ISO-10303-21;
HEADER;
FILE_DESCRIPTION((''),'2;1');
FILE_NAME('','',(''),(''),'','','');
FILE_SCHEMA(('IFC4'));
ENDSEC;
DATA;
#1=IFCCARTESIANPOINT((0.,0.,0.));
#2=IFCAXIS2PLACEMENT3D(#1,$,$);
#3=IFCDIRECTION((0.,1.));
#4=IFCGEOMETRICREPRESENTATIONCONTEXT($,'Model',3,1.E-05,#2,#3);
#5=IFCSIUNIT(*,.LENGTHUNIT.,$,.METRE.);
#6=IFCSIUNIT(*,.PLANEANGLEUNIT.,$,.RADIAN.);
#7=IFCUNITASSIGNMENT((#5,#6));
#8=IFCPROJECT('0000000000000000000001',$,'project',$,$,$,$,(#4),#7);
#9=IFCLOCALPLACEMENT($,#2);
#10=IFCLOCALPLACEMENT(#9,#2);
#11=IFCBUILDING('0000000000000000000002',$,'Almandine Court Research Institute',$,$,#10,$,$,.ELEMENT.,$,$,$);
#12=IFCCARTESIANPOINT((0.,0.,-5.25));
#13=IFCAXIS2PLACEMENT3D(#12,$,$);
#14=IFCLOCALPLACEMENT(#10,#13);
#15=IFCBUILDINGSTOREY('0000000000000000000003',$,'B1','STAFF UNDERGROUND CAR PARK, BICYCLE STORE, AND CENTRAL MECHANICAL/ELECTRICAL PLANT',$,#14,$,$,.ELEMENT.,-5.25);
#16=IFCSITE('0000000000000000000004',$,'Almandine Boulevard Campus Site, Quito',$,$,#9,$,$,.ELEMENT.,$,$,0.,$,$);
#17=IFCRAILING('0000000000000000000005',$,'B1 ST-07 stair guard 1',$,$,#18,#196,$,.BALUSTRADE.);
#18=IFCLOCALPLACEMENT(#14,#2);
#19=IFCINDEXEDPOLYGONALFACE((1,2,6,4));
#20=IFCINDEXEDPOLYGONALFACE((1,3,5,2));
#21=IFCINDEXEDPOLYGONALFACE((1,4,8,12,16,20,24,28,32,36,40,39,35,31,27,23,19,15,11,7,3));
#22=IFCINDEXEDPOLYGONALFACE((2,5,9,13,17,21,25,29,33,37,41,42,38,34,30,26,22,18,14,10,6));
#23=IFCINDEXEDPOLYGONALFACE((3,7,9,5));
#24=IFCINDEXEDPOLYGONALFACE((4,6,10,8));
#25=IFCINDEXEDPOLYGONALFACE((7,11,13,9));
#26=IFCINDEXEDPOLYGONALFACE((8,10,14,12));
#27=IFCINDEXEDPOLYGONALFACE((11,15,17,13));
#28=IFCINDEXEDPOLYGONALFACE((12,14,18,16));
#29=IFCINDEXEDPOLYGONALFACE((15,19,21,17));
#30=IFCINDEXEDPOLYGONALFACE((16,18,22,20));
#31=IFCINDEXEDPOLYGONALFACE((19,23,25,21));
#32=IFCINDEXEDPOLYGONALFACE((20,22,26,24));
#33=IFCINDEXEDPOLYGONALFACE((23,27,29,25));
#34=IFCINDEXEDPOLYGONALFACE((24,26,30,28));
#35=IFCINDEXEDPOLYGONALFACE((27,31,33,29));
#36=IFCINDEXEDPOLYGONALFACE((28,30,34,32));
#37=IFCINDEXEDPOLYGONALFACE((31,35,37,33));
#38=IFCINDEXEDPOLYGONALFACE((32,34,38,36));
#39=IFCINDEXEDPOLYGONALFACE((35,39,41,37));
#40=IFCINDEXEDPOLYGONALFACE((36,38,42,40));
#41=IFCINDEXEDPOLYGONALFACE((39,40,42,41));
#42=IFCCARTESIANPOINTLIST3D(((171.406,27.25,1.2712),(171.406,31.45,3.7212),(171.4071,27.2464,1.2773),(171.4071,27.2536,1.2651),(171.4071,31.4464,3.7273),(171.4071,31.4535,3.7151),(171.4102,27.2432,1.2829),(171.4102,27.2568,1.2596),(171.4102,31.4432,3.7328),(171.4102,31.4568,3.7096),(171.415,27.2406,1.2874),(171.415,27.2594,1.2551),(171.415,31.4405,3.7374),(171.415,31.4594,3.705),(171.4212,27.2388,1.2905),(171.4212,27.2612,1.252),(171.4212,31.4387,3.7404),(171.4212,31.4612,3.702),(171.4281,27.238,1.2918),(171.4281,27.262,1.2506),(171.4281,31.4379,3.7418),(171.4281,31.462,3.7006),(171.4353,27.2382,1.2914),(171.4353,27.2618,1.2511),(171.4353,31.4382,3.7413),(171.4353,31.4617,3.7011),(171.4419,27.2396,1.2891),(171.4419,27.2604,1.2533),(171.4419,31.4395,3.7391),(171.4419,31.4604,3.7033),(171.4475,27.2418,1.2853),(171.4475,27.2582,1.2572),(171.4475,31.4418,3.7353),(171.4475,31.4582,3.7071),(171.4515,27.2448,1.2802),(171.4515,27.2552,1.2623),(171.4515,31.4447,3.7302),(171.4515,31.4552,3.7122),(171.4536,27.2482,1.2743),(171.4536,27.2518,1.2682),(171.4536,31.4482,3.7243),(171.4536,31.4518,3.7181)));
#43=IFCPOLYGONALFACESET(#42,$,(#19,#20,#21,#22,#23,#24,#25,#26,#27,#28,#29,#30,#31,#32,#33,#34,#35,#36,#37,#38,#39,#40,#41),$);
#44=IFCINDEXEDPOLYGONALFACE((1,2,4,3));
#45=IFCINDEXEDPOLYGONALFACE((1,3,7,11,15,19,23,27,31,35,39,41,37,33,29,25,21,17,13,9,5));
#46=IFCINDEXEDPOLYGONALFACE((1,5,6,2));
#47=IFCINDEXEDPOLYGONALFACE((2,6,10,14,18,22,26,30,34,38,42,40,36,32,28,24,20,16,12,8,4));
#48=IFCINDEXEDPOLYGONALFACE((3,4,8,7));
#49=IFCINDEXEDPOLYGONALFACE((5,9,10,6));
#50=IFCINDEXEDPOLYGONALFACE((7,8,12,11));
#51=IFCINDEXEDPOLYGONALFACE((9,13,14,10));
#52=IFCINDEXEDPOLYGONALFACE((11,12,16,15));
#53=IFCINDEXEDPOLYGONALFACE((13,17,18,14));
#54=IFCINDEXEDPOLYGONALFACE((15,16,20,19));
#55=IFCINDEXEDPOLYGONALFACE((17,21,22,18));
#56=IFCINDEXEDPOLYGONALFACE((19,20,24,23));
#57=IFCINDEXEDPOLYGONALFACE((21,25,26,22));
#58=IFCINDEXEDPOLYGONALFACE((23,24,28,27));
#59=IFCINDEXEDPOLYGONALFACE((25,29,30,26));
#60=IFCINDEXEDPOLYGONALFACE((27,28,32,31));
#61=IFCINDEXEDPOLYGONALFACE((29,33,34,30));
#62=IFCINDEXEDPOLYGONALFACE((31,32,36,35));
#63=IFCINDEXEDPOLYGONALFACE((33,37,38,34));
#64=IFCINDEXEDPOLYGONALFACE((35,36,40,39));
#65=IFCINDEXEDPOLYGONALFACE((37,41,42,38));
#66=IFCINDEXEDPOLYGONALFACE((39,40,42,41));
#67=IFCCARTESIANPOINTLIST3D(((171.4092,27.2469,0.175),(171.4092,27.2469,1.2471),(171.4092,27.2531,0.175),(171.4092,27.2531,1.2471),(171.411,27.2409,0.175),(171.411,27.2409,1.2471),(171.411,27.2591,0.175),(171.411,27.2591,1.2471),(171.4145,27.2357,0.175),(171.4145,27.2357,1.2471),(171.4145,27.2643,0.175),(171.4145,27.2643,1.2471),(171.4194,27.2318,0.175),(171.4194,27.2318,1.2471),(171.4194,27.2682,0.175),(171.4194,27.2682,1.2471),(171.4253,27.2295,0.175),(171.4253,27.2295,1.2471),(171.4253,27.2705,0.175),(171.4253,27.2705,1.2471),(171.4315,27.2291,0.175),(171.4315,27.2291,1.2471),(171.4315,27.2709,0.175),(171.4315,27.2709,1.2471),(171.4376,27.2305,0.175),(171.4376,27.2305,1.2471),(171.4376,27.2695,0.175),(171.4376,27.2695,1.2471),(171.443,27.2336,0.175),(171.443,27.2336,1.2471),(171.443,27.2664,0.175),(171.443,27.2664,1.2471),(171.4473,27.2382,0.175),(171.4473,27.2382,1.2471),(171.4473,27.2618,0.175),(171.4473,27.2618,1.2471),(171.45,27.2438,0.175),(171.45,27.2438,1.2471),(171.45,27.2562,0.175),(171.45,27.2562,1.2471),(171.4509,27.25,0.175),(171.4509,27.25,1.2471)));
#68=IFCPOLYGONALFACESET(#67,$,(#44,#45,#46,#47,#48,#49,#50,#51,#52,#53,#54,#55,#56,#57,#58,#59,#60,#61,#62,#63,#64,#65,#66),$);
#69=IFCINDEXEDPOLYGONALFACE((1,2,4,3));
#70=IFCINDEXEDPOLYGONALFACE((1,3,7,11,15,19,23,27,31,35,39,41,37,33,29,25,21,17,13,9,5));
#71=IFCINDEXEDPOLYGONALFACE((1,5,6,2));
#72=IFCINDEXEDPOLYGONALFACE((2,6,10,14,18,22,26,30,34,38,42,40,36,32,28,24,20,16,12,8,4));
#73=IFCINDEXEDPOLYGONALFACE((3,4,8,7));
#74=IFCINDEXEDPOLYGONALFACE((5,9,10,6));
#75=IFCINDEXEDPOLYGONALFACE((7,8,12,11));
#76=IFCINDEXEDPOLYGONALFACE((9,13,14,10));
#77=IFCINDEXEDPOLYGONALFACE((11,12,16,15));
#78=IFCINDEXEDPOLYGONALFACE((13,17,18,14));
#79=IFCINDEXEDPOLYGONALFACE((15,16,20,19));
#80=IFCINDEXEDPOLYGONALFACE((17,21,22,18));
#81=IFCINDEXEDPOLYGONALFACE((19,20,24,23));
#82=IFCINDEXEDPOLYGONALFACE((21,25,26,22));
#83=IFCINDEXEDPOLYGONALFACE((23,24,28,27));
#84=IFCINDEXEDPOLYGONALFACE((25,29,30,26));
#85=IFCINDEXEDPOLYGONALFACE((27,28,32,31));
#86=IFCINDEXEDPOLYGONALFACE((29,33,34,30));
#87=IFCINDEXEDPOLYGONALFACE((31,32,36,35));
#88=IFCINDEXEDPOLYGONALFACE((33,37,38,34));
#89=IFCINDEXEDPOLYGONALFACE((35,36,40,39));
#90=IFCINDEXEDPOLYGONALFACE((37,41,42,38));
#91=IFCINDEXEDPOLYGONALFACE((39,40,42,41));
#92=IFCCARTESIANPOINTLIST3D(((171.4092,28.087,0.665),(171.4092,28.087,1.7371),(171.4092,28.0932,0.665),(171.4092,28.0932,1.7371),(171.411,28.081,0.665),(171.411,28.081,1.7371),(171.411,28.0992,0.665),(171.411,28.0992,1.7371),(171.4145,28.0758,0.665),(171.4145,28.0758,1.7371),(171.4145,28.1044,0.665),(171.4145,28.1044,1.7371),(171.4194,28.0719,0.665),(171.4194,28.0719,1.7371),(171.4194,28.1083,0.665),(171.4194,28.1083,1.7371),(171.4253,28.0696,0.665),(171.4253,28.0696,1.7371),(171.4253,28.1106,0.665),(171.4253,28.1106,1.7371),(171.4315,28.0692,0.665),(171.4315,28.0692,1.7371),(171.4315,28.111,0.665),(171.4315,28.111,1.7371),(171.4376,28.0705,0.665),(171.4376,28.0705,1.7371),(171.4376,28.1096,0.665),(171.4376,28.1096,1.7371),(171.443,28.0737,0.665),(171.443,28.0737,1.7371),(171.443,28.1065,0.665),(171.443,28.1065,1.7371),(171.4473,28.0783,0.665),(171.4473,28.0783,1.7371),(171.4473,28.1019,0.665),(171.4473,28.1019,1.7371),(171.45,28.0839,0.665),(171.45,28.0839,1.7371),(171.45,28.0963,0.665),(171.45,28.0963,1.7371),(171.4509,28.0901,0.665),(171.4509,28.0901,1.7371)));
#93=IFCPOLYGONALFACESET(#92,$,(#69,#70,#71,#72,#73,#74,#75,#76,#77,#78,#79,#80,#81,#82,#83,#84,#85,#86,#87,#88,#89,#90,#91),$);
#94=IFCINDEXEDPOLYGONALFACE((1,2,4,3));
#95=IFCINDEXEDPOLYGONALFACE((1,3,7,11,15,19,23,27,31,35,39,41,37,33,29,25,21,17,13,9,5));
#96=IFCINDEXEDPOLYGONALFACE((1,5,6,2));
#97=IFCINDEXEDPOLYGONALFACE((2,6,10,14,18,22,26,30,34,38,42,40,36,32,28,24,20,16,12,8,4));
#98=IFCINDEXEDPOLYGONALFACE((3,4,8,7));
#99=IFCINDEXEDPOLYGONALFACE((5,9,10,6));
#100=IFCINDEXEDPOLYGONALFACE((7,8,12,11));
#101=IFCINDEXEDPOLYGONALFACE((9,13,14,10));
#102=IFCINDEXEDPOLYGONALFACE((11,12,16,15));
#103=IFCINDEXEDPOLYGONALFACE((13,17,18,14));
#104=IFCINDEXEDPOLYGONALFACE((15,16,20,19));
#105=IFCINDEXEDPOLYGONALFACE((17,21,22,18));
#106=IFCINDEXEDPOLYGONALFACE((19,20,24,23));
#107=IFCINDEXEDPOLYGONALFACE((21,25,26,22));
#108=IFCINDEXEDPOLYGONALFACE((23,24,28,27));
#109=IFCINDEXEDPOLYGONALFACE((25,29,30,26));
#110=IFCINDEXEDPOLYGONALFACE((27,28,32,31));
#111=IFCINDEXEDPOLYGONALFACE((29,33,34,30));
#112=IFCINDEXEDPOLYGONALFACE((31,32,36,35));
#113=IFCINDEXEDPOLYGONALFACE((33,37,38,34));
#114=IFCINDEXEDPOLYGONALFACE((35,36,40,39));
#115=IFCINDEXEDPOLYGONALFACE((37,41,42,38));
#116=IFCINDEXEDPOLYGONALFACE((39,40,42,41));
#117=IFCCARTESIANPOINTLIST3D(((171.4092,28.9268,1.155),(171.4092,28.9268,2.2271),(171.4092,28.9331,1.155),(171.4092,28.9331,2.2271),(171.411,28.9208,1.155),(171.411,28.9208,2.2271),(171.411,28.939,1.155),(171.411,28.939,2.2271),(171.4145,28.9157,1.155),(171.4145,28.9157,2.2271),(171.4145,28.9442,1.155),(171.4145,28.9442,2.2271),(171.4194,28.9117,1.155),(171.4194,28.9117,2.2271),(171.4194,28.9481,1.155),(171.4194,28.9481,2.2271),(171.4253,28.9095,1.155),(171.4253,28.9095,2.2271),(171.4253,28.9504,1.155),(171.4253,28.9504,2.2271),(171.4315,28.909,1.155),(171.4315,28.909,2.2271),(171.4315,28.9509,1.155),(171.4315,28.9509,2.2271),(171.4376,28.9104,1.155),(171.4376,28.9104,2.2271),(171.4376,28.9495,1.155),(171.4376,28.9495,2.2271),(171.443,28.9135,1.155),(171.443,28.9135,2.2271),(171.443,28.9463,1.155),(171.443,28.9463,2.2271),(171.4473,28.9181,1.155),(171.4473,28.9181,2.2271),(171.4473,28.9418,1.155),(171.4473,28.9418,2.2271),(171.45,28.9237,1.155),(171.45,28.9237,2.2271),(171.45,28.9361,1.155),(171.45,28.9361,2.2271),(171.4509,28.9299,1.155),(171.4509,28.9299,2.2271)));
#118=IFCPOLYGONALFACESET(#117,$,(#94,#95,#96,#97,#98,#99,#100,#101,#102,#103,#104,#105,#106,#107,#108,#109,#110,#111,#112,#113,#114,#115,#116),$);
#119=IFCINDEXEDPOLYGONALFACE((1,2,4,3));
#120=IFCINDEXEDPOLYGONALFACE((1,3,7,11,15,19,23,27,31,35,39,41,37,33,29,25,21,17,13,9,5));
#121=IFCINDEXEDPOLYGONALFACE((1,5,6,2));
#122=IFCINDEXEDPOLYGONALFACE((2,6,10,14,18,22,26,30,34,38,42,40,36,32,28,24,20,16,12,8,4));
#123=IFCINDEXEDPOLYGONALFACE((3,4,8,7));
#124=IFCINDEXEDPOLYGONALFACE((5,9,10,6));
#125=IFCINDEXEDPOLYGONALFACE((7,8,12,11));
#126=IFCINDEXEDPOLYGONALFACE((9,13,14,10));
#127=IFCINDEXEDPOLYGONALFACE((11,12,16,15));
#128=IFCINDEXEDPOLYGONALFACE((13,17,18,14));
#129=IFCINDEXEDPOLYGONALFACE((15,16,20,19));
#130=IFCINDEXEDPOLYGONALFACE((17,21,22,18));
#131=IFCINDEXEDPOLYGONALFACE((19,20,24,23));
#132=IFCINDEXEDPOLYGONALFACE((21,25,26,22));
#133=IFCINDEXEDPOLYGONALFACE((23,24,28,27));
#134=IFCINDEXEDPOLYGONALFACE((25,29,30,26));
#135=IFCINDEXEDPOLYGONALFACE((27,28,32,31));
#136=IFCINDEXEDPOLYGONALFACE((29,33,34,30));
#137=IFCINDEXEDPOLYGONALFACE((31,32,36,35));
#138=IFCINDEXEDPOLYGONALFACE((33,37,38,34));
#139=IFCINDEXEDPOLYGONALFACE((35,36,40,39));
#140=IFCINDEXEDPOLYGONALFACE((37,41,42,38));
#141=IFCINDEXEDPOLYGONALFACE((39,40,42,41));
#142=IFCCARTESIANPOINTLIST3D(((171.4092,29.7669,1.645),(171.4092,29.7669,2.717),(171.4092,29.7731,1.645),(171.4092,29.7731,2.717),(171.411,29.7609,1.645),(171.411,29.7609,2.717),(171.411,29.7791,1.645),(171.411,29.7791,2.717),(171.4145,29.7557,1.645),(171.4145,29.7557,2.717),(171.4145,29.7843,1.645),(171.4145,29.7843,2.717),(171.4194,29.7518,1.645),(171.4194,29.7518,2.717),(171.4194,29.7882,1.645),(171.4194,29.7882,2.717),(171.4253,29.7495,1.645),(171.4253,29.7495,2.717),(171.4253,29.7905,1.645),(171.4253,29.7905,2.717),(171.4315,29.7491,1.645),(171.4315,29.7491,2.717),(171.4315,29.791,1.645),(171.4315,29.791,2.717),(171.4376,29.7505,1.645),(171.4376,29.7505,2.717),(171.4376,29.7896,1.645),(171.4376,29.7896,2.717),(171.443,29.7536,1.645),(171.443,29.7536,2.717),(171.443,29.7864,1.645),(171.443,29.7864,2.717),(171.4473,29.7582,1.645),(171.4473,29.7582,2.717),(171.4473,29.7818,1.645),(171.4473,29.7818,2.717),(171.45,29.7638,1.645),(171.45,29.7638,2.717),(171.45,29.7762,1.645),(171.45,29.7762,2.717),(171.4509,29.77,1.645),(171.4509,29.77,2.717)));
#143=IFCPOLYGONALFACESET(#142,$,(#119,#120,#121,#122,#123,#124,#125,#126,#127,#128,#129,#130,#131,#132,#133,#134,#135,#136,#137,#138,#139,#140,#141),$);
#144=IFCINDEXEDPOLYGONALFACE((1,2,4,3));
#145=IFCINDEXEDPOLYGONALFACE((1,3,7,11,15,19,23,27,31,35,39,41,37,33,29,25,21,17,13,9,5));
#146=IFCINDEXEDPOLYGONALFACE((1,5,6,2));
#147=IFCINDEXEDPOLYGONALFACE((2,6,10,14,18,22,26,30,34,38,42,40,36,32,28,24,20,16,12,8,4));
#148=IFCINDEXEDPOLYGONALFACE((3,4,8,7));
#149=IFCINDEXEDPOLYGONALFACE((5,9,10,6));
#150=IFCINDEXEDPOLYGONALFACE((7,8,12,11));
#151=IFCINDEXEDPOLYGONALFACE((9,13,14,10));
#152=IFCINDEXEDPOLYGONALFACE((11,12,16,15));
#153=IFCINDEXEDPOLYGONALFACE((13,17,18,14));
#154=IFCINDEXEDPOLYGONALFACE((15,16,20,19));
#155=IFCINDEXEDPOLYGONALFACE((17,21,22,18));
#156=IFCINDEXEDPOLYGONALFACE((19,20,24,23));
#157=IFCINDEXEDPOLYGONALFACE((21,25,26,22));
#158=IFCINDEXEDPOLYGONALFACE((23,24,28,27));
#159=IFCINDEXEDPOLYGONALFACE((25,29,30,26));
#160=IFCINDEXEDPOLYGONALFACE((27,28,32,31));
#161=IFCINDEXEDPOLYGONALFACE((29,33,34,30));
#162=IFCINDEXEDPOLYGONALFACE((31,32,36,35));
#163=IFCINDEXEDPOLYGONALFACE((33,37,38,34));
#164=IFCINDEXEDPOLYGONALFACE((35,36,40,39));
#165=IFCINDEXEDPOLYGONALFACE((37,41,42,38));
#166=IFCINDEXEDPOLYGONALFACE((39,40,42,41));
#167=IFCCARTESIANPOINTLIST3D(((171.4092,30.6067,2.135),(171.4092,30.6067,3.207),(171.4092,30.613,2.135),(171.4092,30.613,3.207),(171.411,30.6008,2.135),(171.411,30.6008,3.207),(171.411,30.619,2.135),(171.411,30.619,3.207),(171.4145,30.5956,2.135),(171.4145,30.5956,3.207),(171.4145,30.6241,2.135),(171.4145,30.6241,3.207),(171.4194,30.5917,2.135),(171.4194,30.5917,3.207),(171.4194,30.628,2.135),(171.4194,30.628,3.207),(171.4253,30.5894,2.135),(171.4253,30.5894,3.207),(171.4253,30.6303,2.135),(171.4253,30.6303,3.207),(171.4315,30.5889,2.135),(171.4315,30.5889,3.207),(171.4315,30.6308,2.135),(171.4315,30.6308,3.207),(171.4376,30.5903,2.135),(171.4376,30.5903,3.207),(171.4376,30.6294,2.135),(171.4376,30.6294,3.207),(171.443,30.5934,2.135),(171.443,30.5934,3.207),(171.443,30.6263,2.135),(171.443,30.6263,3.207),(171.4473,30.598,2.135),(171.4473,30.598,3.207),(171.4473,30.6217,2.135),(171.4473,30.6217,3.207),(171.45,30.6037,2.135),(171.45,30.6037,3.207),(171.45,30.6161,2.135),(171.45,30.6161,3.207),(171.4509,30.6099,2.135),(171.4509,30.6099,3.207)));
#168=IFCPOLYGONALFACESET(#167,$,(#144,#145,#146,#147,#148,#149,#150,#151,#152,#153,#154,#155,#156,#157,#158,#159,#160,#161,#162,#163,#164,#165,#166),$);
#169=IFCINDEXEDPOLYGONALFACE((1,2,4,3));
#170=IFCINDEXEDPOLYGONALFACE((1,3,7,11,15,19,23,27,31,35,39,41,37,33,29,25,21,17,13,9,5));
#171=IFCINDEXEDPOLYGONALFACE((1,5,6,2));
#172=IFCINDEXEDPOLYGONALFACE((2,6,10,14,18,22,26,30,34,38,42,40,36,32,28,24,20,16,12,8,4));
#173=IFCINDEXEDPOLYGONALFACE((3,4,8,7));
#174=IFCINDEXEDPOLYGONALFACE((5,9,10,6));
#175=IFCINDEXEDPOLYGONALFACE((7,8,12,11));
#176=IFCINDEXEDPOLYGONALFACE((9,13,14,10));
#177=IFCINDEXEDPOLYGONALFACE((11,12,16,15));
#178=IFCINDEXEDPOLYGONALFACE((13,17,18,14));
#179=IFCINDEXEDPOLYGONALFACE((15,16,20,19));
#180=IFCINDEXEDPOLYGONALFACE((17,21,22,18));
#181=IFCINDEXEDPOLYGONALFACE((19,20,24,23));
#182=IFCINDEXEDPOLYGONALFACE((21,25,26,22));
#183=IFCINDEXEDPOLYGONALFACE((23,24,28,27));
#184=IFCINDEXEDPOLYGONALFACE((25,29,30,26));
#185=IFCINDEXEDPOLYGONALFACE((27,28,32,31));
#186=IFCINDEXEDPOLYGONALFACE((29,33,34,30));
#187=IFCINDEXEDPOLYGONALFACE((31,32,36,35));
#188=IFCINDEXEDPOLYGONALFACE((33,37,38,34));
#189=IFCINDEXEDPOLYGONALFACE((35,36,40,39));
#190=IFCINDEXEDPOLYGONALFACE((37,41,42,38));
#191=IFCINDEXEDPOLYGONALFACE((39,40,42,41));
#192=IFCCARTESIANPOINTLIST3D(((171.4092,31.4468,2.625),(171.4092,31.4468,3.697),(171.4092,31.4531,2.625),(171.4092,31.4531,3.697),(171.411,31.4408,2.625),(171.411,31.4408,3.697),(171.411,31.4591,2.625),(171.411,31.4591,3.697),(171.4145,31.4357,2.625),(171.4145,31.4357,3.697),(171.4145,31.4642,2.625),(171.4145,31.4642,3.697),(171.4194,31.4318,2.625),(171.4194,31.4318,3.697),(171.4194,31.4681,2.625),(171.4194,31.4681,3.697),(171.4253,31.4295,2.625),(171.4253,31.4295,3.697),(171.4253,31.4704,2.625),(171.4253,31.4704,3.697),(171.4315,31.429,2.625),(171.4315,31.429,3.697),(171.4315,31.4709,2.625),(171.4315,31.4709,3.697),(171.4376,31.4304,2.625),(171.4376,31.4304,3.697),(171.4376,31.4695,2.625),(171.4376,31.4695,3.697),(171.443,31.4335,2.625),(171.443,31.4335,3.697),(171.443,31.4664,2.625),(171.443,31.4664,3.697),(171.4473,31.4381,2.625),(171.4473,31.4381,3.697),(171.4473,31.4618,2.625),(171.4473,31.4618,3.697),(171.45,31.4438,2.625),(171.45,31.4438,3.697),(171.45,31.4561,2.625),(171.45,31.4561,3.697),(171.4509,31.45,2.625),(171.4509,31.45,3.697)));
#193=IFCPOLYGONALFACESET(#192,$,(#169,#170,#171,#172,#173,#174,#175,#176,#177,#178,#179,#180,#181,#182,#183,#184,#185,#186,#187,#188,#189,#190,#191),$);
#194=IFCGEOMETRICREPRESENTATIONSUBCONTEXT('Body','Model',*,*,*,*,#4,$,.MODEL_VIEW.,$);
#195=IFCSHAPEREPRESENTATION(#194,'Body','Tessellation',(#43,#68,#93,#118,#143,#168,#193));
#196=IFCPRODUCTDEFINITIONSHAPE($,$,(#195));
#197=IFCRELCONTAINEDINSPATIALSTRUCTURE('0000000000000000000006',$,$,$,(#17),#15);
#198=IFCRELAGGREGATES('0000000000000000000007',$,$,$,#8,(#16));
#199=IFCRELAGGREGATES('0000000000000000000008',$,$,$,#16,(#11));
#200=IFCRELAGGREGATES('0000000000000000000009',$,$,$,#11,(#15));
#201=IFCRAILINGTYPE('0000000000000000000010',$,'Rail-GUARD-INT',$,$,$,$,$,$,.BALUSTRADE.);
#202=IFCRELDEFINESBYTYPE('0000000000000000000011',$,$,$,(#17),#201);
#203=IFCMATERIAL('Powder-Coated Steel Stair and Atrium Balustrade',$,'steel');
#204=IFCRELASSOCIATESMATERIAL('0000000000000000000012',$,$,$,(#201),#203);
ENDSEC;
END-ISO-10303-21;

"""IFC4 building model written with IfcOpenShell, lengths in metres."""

from ifc_helpers import new_model, si_unit, direction, frame, origin, origin_2d, place, context, subcontext, project, spatial, circle, extrude, material, type_object, element, save


model = new_model("IFC4")

# Units and contexts
model_context = context("Model", 3, precision=1e-05, world=origin(), true_north=direction((0.0, 1.0)))
body_context = subcontext(model_context, "Body", "Model", "MODEL_VIEW")
ifc_project = project(units=[si_unit("LENGTHUNIT", "METRE"), si_unit("PLANEANGLEUNIT", "RADIAN")], contexts=[model_context])

# Site, building, storey
site_placement = place(None, origin())
site = spatial("IfcSite", under=ifc_project, at=site_placement, Name="Almandine Boulevard Campus Site, Quito", CompositionType="ELEMENT", RefElevation=0.0)
building_placement = place(site_placement, origin())
building = spatial("IfcBuilding", under=site, at=building_placement, Name="Almandine Court Research Institute", CompositionType="ELEMENT")
storey_placement = place(building_placement, frame((0.0, 0.0, -5.25)))
storey = spatial("IfcBuildingStorey", under=building, at=storey_placement, Name="B1", Description="STAFF UNDERGROUND CAR PARK, BICYCLE STORE, AND CENTRAL MECHANICAL/ELECTRICAL PLANT", CompositionType="ELEMENT", Elevation=-5.25)

# Railing
ifc_material_1 = material(Name="Powder-Coated Steel Stair and Atrium Balustrade", Category="steel")
railing_type_1 = type_object("IfcRailingType", Name="Rail-GUARD-INT", PredefinedType="BALUSTRADE", material=ifc_material_1)
railing_1_placement = place(storey_placement, frame((171.4299, 27.25, 0.175)))
element("IfcRailing", 1, at=railing_1_placement, inside=storey, type_object=railing_type_1, Name="B1 ST-07 stair guard 1", PredefinedType="BALUSTRADE", context=body_context, shape_type="SweptSolid", body=[
    extrude(circle(Radius=0.0239, at=origin_2d()), frame((0.0, 0.0, 1.0962), z_axis=(0.0, 0.863781, 0.503868), x_axis=(-1.0, 0.0, 0.0)), (0.0, 0.0, 1.0), 4.8623),
    extrude(circle(Radius=0.021, at=origin_2d()), origin(), (0.0, 0.0, 1.0), 1.072),
    extrude(circle(Radius=0.021, at=origin_2d()), frame((0.0, 0.8401, 0.49)), (0.0, 0.0, 1.0), 1.072),
    extrude(circle(Radius=0.021, at=origin_2d()), frame((0.0, 1.6799, 0.98)), (0.0, 0.0, 1.0), 1.072),
    extrude(circle(Radius=0.021, at=origin_2d()), frame((0.0, 2.52, 1.47)), (0.0, 0.0, 1.0), 1.072),
    extrude(circle(Radius=0.021, at=origin_2d()), frame((0.0, 3.3599, 1.96)), (0.0, 0.0, 1.0), 1.072),
    extrude(circle(Radius=0.021, at=origin_2d()), frame((0.0, 4.2, 2.45)), (0.0, 0.0, 1.0), 1.072),
])

save(model, "model.ifc")
